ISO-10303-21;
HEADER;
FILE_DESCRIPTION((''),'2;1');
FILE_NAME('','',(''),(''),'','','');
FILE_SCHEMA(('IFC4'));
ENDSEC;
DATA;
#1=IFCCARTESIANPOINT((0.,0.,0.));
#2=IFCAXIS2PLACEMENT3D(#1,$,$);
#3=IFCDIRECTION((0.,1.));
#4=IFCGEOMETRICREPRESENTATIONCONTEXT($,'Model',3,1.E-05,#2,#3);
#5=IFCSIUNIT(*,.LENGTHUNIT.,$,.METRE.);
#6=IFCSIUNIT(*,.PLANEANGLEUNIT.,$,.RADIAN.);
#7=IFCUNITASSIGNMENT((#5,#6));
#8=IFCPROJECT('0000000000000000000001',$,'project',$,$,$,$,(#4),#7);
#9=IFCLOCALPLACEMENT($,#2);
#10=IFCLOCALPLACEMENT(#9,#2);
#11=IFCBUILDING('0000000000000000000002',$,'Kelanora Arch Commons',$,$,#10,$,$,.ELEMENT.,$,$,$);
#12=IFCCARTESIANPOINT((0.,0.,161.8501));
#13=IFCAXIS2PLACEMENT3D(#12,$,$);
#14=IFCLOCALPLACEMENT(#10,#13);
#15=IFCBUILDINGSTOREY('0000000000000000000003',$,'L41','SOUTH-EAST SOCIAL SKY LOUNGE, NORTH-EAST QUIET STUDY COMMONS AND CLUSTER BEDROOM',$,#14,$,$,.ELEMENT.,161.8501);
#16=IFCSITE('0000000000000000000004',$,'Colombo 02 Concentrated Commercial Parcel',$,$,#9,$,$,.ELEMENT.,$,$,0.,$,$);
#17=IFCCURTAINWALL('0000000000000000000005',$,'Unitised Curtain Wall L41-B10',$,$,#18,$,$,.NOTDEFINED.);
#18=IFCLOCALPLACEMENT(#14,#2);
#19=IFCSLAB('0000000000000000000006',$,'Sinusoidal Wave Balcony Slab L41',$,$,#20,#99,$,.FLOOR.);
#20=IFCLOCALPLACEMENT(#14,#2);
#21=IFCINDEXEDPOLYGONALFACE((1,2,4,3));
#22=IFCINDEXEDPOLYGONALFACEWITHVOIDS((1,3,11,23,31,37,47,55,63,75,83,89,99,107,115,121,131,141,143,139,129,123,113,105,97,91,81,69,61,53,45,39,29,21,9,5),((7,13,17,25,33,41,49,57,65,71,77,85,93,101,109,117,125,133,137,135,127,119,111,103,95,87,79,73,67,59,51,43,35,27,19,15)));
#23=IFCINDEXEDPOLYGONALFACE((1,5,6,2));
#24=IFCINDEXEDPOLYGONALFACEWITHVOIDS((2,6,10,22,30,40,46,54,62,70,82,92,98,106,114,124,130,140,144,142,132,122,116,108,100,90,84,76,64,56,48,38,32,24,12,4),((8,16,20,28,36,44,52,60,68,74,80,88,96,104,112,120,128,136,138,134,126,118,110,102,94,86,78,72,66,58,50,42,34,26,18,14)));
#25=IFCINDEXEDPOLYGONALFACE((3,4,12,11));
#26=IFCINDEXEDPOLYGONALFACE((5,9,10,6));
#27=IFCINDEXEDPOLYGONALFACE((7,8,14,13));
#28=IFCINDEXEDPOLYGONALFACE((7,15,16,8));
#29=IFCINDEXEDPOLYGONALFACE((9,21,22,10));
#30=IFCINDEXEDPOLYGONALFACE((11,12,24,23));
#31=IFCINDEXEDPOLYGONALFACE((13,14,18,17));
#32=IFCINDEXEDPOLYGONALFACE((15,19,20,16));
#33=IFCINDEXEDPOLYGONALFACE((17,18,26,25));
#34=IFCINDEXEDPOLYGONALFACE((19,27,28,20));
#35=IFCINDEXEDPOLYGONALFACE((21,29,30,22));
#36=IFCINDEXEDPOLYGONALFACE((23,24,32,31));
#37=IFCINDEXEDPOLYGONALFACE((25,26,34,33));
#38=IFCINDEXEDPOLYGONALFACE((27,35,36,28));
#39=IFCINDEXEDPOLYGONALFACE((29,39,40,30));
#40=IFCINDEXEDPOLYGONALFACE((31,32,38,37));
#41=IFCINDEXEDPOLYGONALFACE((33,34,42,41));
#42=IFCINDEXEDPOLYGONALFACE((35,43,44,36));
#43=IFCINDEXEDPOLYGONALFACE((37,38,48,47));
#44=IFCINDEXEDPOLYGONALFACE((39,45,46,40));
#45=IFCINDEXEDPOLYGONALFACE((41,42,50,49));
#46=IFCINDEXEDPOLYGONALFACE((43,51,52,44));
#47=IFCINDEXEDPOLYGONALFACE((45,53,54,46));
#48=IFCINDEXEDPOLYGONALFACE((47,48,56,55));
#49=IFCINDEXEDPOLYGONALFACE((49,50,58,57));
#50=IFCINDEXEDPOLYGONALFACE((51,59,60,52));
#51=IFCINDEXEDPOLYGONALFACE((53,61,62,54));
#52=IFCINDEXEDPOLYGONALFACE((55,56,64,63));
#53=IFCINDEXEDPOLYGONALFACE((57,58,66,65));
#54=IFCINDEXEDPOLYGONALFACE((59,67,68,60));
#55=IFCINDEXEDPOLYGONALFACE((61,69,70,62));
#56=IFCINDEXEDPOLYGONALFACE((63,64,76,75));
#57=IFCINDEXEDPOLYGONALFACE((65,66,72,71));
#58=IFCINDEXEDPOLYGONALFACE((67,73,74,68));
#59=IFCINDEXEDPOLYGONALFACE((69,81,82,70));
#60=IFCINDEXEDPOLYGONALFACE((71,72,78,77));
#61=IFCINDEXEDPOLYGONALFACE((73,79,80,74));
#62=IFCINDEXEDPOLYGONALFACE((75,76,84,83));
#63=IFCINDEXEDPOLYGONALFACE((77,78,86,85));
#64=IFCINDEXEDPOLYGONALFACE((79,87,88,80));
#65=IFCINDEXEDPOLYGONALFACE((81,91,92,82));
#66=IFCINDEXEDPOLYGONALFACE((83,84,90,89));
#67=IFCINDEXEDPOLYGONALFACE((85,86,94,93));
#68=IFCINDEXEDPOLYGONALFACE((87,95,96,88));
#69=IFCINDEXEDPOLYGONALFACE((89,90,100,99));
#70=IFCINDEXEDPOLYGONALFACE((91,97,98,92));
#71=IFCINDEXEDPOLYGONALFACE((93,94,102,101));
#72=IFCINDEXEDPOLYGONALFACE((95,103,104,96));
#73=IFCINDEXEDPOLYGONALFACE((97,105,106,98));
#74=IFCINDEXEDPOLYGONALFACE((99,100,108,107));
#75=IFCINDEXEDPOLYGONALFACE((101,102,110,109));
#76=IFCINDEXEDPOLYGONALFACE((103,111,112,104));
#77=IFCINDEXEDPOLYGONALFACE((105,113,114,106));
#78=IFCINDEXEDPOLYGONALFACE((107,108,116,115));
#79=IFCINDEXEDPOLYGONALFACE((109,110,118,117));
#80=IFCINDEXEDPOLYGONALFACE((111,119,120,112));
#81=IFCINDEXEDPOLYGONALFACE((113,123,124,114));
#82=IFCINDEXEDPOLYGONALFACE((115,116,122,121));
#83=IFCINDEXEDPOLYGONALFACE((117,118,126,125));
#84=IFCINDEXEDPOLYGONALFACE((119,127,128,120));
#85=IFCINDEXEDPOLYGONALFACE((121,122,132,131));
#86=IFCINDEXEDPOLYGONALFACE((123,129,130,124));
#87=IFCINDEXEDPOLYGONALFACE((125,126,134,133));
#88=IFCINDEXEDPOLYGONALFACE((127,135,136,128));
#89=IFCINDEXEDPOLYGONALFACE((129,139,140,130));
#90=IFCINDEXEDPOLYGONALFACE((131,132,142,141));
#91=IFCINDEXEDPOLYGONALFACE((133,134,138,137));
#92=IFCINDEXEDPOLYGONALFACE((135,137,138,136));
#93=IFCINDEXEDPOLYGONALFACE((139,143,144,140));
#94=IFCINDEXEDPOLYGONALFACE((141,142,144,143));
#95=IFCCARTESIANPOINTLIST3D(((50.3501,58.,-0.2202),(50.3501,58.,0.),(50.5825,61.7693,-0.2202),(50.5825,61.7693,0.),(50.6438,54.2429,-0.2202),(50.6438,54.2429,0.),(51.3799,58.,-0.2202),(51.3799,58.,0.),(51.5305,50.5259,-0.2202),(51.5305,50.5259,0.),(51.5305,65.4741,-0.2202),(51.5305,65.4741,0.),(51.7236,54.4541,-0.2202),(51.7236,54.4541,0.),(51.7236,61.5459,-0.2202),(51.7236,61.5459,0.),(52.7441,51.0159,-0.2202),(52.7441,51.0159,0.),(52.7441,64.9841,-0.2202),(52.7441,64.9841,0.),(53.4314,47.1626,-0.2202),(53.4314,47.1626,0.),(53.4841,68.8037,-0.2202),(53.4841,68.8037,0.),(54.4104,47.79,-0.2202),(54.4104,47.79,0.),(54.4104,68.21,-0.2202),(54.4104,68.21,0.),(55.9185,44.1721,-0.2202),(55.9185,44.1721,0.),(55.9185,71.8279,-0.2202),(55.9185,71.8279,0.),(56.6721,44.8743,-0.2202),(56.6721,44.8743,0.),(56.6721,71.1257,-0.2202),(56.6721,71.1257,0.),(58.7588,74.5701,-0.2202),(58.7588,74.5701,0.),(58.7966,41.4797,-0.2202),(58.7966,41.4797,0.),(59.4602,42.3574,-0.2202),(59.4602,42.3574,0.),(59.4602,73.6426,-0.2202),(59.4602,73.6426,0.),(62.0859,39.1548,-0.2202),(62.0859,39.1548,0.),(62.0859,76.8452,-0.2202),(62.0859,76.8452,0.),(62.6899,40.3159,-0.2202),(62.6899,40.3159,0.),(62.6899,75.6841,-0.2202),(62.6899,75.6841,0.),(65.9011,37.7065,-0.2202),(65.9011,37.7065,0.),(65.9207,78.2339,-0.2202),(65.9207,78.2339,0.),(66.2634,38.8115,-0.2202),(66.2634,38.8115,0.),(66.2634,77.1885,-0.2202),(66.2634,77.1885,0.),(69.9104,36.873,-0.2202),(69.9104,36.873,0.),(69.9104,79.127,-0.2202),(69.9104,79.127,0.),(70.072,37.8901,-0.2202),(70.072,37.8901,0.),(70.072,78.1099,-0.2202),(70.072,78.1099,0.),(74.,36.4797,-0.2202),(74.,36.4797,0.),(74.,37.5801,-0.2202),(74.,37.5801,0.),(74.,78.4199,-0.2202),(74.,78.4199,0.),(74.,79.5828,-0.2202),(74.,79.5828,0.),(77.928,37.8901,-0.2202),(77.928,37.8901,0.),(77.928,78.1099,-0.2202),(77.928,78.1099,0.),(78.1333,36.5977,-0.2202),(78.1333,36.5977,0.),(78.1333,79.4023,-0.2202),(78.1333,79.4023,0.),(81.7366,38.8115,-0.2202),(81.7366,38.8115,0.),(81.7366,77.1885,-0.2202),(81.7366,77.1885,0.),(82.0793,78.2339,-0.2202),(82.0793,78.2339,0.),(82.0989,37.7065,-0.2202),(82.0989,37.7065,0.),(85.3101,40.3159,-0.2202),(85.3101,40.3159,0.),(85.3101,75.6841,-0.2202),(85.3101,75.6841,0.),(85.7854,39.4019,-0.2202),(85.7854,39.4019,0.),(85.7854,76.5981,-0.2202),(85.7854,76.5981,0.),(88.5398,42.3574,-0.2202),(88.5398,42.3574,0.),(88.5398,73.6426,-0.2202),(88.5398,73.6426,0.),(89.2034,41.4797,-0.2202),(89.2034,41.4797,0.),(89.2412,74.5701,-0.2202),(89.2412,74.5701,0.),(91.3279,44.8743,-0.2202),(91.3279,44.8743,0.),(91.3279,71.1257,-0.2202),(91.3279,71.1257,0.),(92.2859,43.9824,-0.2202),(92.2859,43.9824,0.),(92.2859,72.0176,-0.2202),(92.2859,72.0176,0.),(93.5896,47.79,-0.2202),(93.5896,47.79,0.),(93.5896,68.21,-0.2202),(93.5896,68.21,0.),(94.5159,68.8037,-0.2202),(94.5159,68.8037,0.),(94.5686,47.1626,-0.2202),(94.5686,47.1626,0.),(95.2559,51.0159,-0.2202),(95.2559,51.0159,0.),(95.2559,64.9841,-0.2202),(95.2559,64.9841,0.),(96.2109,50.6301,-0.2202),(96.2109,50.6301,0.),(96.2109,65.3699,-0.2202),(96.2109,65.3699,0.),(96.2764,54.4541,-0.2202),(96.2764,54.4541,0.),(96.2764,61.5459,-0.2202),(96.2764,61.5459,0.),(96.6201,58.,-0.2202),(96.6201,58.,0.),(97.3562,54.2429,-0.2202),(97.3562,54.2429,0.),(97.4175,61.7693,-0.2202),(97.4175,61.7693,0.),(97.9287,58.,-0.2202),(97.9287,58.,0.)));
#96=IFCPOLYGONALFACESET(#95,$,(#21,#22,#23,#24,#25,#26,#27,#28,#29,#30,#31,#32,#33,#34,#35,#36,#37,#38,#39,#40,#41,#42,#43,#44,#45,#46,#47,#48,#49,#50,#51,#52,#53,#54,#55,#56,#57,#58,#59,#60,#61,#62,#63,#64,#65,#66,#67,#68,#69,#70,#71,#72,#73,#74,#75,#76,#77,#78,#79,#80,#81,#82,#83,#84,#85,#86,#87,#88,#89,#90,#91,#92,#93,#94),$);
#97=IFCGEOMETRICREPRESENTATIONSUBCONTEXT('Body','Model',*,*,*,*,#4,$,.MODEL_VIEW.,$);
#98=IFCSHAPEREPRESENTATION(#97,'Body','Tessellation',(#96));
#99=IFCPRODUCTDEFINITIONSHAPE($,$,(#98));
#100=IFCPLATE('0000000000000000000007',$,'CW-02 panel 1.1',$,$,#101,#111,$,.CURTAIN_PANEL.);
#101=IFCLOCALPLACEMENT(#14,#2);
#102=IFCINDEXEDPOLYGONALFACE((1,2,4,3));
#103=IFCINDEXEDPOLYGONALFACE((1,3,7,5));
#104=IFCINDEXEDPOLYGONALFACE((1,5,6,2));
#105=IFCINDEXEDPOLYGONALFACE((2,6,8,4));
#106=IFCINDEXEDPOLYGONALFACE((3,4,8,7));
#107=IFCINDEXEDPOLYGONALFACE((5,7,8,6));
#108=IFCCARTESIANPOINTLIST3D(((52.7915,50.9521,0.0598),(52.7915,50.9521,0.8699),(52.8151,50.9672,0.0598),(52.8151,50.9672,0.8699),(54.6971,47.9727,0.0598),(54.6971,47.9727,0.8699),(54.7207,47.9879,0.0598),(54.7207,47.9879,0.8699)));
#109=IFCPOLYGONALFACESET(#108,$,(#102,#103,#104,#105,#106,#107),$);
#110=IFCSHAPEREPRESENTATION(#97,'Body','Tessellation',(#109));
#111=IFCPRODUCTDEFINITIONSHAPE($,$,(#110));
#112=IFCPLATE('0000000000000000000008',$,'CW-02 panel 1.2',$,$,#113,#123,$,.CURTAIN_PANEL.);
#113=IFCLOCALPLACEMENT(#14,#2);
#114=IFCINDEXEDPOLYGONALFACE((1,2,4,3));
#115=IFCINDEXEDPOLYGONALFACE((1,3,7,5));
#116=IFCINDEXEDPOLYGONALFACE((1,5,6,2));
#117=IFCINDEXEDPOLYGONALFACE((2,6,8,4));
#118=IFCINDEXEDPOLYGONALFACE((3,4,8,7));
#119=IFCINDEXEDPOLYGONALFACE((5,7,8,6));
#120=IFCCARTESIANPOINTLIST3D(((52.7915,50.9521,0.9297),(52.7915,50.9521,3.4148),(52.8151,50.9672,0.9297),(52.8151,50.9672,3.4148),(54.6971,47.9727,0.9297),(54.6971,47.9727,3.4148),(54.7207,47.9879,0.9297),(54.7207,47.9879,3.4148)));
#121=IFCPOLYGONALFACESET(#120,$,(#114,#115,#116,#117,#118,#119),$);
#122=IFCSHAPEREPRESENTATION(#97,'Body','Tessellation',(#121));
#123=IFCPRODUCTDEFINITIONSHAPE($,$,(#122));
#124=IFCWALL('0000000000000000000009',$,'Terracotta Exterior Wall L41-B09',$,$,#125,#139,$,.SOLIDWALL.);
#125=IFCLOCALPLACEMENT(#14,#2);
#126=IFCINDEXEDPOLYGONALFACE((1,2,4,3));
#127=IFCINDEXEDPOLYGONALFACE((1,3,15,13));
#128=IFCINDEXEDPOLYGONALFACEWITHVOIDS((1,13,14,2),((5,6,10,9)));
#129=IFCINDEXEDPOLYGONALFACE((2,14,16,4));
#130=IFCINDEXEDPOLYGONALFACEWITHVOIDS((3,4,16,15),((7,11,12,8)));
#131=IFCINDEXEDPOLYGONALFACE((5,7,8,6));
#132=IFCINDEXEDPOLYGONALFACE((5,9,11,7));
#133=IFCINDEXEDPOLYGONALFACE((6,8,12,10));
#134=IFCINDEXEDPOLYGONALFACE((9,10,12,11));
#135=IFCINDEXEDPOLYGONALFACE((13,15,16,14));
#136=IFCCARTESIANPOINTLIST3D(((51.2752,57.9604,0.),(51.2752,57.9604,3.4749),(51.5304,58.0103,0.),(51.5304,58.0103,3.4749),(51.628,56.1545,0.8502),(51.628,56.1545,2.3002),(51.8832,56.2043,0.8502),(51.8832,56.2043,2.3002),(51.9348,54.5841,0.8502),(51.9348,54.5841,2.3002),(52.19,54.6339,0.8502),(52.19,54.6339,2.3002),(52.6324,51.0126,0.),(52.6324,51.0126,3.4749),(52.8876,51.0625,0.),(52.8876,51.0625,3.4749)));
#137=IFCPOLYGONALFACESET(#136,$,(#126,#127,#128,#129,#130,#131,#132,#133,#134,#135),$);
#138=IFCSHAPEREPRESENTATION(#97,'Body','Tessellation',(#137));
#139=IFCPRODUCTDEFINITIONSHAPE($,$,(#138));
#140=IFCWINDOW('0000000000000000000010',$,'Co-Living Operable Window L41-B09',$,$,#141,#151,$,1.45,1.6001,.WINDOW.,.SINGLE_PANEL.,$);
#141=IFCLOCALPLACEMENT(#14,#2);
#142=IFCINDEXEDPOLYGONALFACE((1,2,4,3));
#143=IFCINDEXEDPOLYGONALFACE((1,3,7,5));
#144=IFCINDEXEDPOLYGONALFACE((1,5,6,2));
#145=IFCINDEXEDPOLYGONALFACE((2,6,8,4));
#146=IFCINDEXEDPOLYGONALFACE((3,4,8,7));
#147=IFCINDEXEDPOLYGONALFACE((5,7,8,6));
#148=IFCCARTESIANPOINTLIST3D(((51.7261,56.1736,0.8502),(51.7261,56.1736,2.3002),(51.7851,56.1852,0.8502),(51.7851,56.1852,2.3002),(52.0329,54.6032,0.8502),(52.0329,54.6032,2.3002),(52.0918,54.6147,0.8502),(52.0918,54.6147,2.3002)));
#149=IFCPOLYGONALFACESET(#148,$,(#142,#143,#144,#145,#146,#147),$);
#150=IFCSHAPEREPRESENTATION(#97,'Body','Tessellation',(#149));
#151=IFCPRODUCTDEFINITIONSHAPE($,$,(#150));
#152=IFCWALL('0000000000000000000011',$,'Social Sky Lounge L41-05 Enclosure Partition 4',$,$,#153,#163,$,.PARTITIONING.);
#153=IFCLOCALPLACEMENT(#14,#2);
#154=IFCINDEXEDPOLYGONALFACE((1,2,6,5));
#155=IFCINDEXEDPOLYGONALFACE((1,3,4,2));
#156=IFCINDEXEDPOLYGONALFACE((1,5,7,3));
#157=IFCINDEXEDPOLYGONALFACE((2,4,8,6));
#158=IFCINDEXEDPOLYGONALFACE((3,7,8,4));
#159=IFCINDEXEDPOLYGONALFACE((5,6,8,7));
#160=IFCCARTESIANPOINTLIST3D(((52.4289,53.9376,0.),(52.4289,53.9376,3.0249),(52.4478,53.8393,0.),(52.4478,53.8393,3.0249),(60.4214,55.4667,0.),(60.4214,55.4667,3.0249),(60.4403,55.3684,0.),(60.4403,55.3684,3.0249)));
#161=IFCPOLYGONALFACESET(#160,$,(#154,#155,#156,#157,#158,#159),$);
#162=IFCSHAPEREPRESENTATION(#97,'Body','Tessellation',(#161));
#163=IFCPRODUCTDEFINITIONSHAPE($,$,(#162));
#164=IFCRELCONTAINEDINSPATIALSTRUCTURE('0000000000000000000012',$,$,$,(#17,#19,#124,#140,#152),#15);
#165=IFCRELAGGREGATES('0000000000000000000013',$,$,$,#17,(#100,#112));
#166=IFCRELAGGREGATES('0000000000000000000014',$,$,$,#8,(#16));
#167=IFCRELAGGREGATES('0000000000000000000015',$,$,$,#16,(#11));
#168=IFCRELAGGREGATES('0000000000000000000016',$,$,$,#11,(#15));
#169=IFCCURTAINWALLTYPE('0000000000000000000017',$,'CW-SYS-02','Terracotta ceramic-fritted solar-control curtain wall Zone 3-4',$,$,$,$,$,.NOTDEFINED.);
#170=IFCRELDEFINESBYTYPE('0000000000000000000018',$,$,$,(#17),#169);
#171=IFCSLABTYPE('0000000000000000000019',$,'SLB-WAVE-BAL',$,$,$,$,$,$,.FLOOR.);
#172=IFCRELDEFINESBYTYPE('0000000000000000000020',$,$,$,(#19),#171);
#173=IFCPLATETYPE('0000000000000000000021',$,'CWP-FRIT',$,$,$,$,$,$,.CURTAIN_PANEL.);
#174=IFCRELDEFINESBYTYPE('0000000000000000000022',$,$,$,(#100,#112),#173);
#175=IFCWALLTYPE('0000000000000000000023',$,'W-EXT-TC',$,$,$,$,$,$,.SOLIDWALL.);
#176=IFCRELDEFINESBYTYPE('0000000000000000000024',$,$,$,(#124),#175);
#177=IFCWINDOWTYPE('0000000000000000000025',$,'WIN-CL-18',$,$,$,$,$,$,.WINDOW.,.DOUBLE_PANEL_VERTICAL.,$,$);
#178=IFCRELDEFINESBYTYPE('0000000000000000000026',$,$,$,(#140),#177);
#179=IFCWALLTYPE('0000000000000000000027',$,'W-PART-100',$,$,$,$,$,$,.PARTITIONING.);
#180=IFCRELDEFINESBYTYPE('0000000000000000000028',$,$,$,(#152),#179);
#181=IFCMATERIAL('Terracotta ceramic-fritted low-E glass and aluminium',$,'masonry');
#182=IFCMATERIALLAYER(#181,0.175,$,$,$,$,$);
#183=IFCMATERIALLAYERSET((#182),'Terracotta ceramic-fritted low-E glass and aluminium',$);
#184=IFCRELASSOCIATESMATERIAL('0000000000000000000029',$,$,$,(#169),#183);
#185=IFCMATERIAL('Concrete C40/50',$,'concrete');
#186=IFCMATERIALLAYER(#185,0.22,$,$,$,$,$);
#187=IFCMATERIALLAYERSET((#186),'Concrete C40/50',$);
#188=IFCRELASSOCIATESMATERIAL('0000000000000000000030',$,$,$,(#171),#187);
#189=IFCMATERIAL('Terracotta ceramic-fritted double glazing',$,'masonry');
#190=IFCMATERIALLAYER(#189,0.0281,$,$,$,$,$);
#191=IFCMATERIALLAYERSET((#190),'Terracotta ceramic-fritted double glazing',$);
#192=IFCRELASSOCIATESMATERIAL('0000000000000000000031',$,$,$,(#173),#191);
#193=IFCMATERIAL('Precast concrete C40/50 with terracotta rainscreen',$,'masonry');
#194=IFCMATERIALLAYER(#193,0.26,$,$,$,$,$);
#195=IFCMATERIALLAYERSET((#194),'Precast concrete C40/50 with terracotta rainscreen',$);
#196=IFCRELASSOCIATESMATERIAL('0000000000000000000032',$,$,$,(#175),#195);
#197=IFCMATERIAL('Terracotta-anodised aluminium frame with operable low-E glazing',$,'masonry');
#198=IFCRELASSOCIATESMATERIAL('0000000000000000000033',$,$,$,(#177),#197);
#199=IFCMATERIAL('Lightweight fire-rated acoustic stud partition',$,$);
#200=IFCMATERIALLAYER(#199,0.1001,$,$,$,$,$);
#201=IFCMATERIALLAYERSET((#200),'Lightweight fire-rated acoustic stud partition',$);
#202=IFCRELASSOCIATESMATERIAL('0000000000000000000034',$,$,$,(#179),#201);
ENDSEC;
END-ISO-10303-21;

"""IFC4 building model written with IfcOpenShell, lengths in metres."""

from ifc_helpers import new_model, si_unit, direction, frame, frame_2d, origin, origin_2d, place, context, subcontext, project, spatial, polyline, rectangle, outline, extrude, source, transform, mapped, material, layer, layer_set, type_object, element, fill, aggregate, save


model = new_model("IFC4")

# Units and contexts
model_context = context("Model", 3, precision=1e-05, world=origin(), true_north=direction((0.0, 1.0)))
body_context = subcontext(model_context, "Body", "Model", "MODEL_VIEW")
ifc_project = project(units=[si_unit("LENGTHUNIT", "METRE"), si_unit("PLANEANGLEUNIT", "RADIAN")], contexts=[model_context])

# Site, building, storey
site_placement = place(None, origin())
site = spatial("IfcSite", under=ifc_project, at=site_placement, Name="Colombo 02 Concentrated Commercial Parcel", CompositionType="ELEMENT", RefElevation=0.0)
building_placement = place(site_placement, origin())
building = spatial("IfcBuilding", under=site, at=building_placement, Name="Kelanora Arch Commons", CompositionType="ELEMENT")
storey_placement = place(building_placement, frame((0.0, 0.0, 161.8501)))
storey = spatial("IfcBuildingStorey", under=building, at=storey_placement, Name="L41", Description="SOUTH-EAST SOCIAL SKY LOUNGE, NORTH-EAST QUIET STUDY COMMONS AND CLUSTER BEDROOM", CompositionType="ELEMENT", Elevation=161.8501)

# Shared definitions
ifc_material_1 = material(Name="Terracotta ceramic-fritted low-E glass and aluminium", Category="masonry")
ifc_layer_1 = layer(ifc_material_1, 0.175)
ifc_layer_set_1 = layer_set([ifc_layer_1], Name="Terracotta ceramic-fritted low-E glass and aluminium")
curtain_wall_type = type_object("IfcCurtainWallType", Name="CW-SYS-02", Description="Terracotta ceramic-fritted solar-control curtain wall Zone 3-4", PredefinedType="NOTDEFINED", material=ifc_layer_set_1)

# Curtain wall
curtain_wall_1_placement = place(storey_placement, origin())
curtain_wall_1 = element("IfcCurtainWall", 1, at=curtain_wall_1_placement, inside=storey, type_object=curtain_wall_type, Name="Unitised Curtain Wall L41-B10", PredefinedType="NOTDEFINED")

# Shared definitions
ifc_material_2 = material(Name="Concrete C40/50", Category="concrete")

# Slab
ifc_layer_2 = layer(ifc_material_2, 0.22)
ifc_layer_set_2 = layer_set([ifc_layer_2], Name="Concrete C40/50")
slab_type_1 = type_object("IfcSlabType", Name="SLB-WAVE-BAL", PredefinedType="FLOOR", material=ifc_layer_set_2)
slab_1_placement = place(storey_placement, frame((0.0, 0.0, -0.2202)))
element("IfcSlab", 2, at=slab_1_placement, inside=storey, type_object=slab_type_1, Name="Sinusoidal Wave Balcony Slab L41", PredefinedType="FLOOR", context=body_context, shape_type="SweptSolid", body=[
    extrude(outline(polyline([(97.9287, 58.0), (97.4175, 61.7693), (96.2109, 65.3699), (94.5159, 68.8037), (92.2859, 72.0176), (89.2412, 74.5701), (85.7854, 76.5981), (82.0793, 78.2339), (78.1333, 79.4023), (74.0, 79.5828), (69.9104, 79.127), (65.9207, 78.2339), (62.0859, 76.8452), (58.7588, 74.5701), (55.9185, 71.8279), (53.4841, 68.8037), (51.5305, 65.4741), (50.5825, 61.7693), (50.3501, 58.0), (50.6438, 54.2429), (51.5305, 50.5259), (53.4314, 47.1626), (55.9185, 44.1721), (58.7966, 41.4797), (62.0859, 39.1548), (65.9011, 37.7065), (69.9104, 36.873), (74.0, 36.4797), (78.1333, 36.5977), (82.0989, 37.7065), (85.7854, 39.4019), (89.2034, 41.4797), (92.2859, 43.9824), (94.5686, 47.1626), (96.2109, 50.6301), (97.3562, 54.2429), (97.9287, 58.0)]), holes=[polyline([(96.2764, 54.4541), (95.2559, 51.0159), (93.5896, 47.79), (91.3279, 44.8743), (88.5398, 42.3574), (85.3101, 40.3159), (81.7366, 38.8115), (77.928, 37.8901), (74.0, 37.5801), (70.072, 37.8901), (66.2634, 38.8115), (62.6899, 40.3159), (59.4602, 42.3574), (56.6721, 44.8743), (54.4104, 47.79), (52.7441, 51.0159), (51.7236, 54.4541), (51.3799, 58.0), (51.7236, 61.5459), (52.7441, 64.9841), (54.4104, 68.21), (56.6721, 71.1257), (59.4602, 73.6426), (62.6899, 75.6841), (66.2634, 77.1885), (70.072, 78.1099), (74.0, 78.4199), (77.928, 78.1099), (81.7366, 77.1885), (85.3101, 75.6841), (88.5398, 73.6426), (91.3279, 71.1257), (93.5896, 68.21), (95.2559, 64.9841), (96.2764, 61.5459), (96.6201, 58.0), (96.2764, 54.4541)])]), origin(), (0.0, 0.0, 1.0), 0.2202),
])

# Plates
ifc_material_3 = material(Name="Terracotta ceramic-fritted double glazing", Category="masonry")
ifc_layer_3 = layer(ifc_material_3, 0.0281)
ifc_layer_set_3 = layer_set([ifc_layer_3], Name="Terracotta ceramic-fritted double glazing")
plate_type = type_object("IfcPlateType", Name="CWP-FRIT", PredefinedType="CURTAIN_PANEL", material=ifc_layer_set_3)
shared_shape_1 = source(origin(), body_context, "Body", "SweptSolid", [
    extrude(rectangle(XDim=3.5366, YDim=0.0281, at=origin_2d()), origin(), (0.0, 0.0, 1.0), 0.8101),
])
plate_1_placement = place(storey_placement, frame((53.7561, 49.47, 0.0598), z_axis=(0.0, 0.0, 1.0), x_axis=(0.538817, -0.842423, 0.0)))
plate_1 = element("IfcPlate", 3, at=plate_1_placement, type_object=plate_type, Name="CW-02 panel 1.1", PredefinedType="CURTAIN_PANEL", context=body_context, shape_type="MappedRepresentation", body=[
    mapped(shared_shape_1, transform((0.0, 0.0, 0.0), scale=1.0)),
])
shared_shape_2 = source(origin(), body_context, "Body", "SweptSolid", [
    extrude(rectangle(XDim=3.5366, YDim=0.0281, at=origin_2d()), origin(), (0.0, 0.0, 1.0), 2.4851),
])
plate_2_placement = place(storey_placement, frame((53.7561, 49.47, 0.9297), z_axis=(0.0, 0.0, 1.0), x_axis=(0.538817, -0.842423, 0.0)))
plate_2 = element("IfcPlate", 4, at=plate_2_placement, type_object=plate_type, Name="CW-02 panel 1.2", PredefinedType="CURTAIN_PANEL", context=body_context, shape_type="MappedRepresentation", body=[
    mapped(shared_shape_2, transform((0.0, 0.0, 0.0), scale=1.0)),
])
aggregate(curtain_wall_1, [plate_1, plate_2])

# Wall, opening, window
ifc_material_4 = material(Name="Precast concrete C40/50 with terracotta rainscreen", Category="masonry")
ifc_layer_4 = layer(ifc_material_4, 0.26)
ifc_layer_set_4 = layer_set([ifc_layer_4], Name="Precast concrete C40/50 with terracotta rainscreen")
wall_type_1 = type_object("IfcWallType", Name="W-EXT-TC", PredefinedType="SOLIDWALL", material=ifc_layer_set_4)
wall_1_placement = place(storey_placement, frame((51.4028, 57.9854, 0.0), z_axis=(0.0, 0.0, 1.0), x_axis=(0.191717, -0.98145, 0.0)))
wall_1 = element("IfcWall", 5, at=wall_1_placement, inside=storey, type_object=wall_type_1, Name="Terracotta Exterior Wall L41-B09", PredefinedType="SOLIDWALL", context=body_context, shape_type="SweptSolid", body=[
    extrude(rectangle(XDim=7.0791, YDim=0.26, at=frame_2d((3.5396, 0.0))), origin(), (0.0, 0.0, 1.0), 3.4749),
])
opening_placement = place(wall_1_placement, frame((1.8401, 0.0, 0.8501)))
opening = element("IfcOpeningElement", 6, at=opening_placement, cuts=wall_1, PredefinedType="OPENING", context=body_context, shape_type="SweptSolid", body=[
    extrude(rectangle(XDim=1.6001, YDim=1.45, at=frame_2d((0.8, 0.7251))), frame((0.0, 0.1401, 0.0), z_axis=(0.0, -1.0, 0.0), x_axis=(1.0, 0.0, 0.0)), (0.0, 0.0, 1.0), 0.28),
])
ifc_material_5 = material(Name="Terracotta-anodised aluminium frame with operable low-E glazing", Category="masonry")
window_type = type_object("IfcWindowType", Name="WIN-CL-18", PartitioningType="DOUBLE_PANEL_VERTICAL", PredefinedType="WINDOW", material=ifc_material_5)
window_placement = place(opening_placement, origin())
window = element("IfcWindow", 7, at=window_placement, inside=storey, type_object=window_type, Name="Co-Living Operable Window L41-B09", OverallHeight=1.45, OverallWidth=1.6001, PartitioningType="SINGLE_PANEL", PredefinedType="WINDOW", context=body_context, shape_type="SweptSolid", body=[
    extrude(rectangle(XDim=1.6001, YDim=1.45, at=frame_2d((0.8, 0.7251))), frame((0.0, 0.03, 0.0), z_axis=(0.0, -1.0, 0.0), x_axis=(1.0, 0.0, 0.0)), (0.0, 0.0, 1.0), 0.0601),
])
fill(opening, window)

# Wall
ifc_material_6 = material(Name="Lightweight fire-rated acoustic stud partition")
ifc_layer_5 = layer(ifc_material_6, 0.1001)
ifc_layer_set_5 = layer_set([ifc_layer_5], Name="Lightweight fire-rated acoustic stud partition")
wall_type_2 = type_object("IfcWallType", Name="W-PART-100", PredefinedType="PARTITIONING", material=ifc_layer_set_5)
wall_2_placement = place(storey_placement, frame((52.4382, 53.8884, 0.0), z_axis=(0.0, 0.0, 1.0), x_axis=(0.982187, 0.187905, 0.0)))
element("IfcWall", 8, at=wall_2_placement, inside=storey, type_object=wall_type_2, Name="Social Sky Lounge L41-05 Enclosure Partition 4", PredefinedType="PARTITIONING", context=body_context, shape_type="SweptSolid", body=[
    extrude(rectangle(XDim=8.1375, YDim=0.1001, at=frame_2d((4.0688, 0.0))), origin(), (0.0, 0.0, 1.0), 3.0249),
])

save(model, "model.ifc")
